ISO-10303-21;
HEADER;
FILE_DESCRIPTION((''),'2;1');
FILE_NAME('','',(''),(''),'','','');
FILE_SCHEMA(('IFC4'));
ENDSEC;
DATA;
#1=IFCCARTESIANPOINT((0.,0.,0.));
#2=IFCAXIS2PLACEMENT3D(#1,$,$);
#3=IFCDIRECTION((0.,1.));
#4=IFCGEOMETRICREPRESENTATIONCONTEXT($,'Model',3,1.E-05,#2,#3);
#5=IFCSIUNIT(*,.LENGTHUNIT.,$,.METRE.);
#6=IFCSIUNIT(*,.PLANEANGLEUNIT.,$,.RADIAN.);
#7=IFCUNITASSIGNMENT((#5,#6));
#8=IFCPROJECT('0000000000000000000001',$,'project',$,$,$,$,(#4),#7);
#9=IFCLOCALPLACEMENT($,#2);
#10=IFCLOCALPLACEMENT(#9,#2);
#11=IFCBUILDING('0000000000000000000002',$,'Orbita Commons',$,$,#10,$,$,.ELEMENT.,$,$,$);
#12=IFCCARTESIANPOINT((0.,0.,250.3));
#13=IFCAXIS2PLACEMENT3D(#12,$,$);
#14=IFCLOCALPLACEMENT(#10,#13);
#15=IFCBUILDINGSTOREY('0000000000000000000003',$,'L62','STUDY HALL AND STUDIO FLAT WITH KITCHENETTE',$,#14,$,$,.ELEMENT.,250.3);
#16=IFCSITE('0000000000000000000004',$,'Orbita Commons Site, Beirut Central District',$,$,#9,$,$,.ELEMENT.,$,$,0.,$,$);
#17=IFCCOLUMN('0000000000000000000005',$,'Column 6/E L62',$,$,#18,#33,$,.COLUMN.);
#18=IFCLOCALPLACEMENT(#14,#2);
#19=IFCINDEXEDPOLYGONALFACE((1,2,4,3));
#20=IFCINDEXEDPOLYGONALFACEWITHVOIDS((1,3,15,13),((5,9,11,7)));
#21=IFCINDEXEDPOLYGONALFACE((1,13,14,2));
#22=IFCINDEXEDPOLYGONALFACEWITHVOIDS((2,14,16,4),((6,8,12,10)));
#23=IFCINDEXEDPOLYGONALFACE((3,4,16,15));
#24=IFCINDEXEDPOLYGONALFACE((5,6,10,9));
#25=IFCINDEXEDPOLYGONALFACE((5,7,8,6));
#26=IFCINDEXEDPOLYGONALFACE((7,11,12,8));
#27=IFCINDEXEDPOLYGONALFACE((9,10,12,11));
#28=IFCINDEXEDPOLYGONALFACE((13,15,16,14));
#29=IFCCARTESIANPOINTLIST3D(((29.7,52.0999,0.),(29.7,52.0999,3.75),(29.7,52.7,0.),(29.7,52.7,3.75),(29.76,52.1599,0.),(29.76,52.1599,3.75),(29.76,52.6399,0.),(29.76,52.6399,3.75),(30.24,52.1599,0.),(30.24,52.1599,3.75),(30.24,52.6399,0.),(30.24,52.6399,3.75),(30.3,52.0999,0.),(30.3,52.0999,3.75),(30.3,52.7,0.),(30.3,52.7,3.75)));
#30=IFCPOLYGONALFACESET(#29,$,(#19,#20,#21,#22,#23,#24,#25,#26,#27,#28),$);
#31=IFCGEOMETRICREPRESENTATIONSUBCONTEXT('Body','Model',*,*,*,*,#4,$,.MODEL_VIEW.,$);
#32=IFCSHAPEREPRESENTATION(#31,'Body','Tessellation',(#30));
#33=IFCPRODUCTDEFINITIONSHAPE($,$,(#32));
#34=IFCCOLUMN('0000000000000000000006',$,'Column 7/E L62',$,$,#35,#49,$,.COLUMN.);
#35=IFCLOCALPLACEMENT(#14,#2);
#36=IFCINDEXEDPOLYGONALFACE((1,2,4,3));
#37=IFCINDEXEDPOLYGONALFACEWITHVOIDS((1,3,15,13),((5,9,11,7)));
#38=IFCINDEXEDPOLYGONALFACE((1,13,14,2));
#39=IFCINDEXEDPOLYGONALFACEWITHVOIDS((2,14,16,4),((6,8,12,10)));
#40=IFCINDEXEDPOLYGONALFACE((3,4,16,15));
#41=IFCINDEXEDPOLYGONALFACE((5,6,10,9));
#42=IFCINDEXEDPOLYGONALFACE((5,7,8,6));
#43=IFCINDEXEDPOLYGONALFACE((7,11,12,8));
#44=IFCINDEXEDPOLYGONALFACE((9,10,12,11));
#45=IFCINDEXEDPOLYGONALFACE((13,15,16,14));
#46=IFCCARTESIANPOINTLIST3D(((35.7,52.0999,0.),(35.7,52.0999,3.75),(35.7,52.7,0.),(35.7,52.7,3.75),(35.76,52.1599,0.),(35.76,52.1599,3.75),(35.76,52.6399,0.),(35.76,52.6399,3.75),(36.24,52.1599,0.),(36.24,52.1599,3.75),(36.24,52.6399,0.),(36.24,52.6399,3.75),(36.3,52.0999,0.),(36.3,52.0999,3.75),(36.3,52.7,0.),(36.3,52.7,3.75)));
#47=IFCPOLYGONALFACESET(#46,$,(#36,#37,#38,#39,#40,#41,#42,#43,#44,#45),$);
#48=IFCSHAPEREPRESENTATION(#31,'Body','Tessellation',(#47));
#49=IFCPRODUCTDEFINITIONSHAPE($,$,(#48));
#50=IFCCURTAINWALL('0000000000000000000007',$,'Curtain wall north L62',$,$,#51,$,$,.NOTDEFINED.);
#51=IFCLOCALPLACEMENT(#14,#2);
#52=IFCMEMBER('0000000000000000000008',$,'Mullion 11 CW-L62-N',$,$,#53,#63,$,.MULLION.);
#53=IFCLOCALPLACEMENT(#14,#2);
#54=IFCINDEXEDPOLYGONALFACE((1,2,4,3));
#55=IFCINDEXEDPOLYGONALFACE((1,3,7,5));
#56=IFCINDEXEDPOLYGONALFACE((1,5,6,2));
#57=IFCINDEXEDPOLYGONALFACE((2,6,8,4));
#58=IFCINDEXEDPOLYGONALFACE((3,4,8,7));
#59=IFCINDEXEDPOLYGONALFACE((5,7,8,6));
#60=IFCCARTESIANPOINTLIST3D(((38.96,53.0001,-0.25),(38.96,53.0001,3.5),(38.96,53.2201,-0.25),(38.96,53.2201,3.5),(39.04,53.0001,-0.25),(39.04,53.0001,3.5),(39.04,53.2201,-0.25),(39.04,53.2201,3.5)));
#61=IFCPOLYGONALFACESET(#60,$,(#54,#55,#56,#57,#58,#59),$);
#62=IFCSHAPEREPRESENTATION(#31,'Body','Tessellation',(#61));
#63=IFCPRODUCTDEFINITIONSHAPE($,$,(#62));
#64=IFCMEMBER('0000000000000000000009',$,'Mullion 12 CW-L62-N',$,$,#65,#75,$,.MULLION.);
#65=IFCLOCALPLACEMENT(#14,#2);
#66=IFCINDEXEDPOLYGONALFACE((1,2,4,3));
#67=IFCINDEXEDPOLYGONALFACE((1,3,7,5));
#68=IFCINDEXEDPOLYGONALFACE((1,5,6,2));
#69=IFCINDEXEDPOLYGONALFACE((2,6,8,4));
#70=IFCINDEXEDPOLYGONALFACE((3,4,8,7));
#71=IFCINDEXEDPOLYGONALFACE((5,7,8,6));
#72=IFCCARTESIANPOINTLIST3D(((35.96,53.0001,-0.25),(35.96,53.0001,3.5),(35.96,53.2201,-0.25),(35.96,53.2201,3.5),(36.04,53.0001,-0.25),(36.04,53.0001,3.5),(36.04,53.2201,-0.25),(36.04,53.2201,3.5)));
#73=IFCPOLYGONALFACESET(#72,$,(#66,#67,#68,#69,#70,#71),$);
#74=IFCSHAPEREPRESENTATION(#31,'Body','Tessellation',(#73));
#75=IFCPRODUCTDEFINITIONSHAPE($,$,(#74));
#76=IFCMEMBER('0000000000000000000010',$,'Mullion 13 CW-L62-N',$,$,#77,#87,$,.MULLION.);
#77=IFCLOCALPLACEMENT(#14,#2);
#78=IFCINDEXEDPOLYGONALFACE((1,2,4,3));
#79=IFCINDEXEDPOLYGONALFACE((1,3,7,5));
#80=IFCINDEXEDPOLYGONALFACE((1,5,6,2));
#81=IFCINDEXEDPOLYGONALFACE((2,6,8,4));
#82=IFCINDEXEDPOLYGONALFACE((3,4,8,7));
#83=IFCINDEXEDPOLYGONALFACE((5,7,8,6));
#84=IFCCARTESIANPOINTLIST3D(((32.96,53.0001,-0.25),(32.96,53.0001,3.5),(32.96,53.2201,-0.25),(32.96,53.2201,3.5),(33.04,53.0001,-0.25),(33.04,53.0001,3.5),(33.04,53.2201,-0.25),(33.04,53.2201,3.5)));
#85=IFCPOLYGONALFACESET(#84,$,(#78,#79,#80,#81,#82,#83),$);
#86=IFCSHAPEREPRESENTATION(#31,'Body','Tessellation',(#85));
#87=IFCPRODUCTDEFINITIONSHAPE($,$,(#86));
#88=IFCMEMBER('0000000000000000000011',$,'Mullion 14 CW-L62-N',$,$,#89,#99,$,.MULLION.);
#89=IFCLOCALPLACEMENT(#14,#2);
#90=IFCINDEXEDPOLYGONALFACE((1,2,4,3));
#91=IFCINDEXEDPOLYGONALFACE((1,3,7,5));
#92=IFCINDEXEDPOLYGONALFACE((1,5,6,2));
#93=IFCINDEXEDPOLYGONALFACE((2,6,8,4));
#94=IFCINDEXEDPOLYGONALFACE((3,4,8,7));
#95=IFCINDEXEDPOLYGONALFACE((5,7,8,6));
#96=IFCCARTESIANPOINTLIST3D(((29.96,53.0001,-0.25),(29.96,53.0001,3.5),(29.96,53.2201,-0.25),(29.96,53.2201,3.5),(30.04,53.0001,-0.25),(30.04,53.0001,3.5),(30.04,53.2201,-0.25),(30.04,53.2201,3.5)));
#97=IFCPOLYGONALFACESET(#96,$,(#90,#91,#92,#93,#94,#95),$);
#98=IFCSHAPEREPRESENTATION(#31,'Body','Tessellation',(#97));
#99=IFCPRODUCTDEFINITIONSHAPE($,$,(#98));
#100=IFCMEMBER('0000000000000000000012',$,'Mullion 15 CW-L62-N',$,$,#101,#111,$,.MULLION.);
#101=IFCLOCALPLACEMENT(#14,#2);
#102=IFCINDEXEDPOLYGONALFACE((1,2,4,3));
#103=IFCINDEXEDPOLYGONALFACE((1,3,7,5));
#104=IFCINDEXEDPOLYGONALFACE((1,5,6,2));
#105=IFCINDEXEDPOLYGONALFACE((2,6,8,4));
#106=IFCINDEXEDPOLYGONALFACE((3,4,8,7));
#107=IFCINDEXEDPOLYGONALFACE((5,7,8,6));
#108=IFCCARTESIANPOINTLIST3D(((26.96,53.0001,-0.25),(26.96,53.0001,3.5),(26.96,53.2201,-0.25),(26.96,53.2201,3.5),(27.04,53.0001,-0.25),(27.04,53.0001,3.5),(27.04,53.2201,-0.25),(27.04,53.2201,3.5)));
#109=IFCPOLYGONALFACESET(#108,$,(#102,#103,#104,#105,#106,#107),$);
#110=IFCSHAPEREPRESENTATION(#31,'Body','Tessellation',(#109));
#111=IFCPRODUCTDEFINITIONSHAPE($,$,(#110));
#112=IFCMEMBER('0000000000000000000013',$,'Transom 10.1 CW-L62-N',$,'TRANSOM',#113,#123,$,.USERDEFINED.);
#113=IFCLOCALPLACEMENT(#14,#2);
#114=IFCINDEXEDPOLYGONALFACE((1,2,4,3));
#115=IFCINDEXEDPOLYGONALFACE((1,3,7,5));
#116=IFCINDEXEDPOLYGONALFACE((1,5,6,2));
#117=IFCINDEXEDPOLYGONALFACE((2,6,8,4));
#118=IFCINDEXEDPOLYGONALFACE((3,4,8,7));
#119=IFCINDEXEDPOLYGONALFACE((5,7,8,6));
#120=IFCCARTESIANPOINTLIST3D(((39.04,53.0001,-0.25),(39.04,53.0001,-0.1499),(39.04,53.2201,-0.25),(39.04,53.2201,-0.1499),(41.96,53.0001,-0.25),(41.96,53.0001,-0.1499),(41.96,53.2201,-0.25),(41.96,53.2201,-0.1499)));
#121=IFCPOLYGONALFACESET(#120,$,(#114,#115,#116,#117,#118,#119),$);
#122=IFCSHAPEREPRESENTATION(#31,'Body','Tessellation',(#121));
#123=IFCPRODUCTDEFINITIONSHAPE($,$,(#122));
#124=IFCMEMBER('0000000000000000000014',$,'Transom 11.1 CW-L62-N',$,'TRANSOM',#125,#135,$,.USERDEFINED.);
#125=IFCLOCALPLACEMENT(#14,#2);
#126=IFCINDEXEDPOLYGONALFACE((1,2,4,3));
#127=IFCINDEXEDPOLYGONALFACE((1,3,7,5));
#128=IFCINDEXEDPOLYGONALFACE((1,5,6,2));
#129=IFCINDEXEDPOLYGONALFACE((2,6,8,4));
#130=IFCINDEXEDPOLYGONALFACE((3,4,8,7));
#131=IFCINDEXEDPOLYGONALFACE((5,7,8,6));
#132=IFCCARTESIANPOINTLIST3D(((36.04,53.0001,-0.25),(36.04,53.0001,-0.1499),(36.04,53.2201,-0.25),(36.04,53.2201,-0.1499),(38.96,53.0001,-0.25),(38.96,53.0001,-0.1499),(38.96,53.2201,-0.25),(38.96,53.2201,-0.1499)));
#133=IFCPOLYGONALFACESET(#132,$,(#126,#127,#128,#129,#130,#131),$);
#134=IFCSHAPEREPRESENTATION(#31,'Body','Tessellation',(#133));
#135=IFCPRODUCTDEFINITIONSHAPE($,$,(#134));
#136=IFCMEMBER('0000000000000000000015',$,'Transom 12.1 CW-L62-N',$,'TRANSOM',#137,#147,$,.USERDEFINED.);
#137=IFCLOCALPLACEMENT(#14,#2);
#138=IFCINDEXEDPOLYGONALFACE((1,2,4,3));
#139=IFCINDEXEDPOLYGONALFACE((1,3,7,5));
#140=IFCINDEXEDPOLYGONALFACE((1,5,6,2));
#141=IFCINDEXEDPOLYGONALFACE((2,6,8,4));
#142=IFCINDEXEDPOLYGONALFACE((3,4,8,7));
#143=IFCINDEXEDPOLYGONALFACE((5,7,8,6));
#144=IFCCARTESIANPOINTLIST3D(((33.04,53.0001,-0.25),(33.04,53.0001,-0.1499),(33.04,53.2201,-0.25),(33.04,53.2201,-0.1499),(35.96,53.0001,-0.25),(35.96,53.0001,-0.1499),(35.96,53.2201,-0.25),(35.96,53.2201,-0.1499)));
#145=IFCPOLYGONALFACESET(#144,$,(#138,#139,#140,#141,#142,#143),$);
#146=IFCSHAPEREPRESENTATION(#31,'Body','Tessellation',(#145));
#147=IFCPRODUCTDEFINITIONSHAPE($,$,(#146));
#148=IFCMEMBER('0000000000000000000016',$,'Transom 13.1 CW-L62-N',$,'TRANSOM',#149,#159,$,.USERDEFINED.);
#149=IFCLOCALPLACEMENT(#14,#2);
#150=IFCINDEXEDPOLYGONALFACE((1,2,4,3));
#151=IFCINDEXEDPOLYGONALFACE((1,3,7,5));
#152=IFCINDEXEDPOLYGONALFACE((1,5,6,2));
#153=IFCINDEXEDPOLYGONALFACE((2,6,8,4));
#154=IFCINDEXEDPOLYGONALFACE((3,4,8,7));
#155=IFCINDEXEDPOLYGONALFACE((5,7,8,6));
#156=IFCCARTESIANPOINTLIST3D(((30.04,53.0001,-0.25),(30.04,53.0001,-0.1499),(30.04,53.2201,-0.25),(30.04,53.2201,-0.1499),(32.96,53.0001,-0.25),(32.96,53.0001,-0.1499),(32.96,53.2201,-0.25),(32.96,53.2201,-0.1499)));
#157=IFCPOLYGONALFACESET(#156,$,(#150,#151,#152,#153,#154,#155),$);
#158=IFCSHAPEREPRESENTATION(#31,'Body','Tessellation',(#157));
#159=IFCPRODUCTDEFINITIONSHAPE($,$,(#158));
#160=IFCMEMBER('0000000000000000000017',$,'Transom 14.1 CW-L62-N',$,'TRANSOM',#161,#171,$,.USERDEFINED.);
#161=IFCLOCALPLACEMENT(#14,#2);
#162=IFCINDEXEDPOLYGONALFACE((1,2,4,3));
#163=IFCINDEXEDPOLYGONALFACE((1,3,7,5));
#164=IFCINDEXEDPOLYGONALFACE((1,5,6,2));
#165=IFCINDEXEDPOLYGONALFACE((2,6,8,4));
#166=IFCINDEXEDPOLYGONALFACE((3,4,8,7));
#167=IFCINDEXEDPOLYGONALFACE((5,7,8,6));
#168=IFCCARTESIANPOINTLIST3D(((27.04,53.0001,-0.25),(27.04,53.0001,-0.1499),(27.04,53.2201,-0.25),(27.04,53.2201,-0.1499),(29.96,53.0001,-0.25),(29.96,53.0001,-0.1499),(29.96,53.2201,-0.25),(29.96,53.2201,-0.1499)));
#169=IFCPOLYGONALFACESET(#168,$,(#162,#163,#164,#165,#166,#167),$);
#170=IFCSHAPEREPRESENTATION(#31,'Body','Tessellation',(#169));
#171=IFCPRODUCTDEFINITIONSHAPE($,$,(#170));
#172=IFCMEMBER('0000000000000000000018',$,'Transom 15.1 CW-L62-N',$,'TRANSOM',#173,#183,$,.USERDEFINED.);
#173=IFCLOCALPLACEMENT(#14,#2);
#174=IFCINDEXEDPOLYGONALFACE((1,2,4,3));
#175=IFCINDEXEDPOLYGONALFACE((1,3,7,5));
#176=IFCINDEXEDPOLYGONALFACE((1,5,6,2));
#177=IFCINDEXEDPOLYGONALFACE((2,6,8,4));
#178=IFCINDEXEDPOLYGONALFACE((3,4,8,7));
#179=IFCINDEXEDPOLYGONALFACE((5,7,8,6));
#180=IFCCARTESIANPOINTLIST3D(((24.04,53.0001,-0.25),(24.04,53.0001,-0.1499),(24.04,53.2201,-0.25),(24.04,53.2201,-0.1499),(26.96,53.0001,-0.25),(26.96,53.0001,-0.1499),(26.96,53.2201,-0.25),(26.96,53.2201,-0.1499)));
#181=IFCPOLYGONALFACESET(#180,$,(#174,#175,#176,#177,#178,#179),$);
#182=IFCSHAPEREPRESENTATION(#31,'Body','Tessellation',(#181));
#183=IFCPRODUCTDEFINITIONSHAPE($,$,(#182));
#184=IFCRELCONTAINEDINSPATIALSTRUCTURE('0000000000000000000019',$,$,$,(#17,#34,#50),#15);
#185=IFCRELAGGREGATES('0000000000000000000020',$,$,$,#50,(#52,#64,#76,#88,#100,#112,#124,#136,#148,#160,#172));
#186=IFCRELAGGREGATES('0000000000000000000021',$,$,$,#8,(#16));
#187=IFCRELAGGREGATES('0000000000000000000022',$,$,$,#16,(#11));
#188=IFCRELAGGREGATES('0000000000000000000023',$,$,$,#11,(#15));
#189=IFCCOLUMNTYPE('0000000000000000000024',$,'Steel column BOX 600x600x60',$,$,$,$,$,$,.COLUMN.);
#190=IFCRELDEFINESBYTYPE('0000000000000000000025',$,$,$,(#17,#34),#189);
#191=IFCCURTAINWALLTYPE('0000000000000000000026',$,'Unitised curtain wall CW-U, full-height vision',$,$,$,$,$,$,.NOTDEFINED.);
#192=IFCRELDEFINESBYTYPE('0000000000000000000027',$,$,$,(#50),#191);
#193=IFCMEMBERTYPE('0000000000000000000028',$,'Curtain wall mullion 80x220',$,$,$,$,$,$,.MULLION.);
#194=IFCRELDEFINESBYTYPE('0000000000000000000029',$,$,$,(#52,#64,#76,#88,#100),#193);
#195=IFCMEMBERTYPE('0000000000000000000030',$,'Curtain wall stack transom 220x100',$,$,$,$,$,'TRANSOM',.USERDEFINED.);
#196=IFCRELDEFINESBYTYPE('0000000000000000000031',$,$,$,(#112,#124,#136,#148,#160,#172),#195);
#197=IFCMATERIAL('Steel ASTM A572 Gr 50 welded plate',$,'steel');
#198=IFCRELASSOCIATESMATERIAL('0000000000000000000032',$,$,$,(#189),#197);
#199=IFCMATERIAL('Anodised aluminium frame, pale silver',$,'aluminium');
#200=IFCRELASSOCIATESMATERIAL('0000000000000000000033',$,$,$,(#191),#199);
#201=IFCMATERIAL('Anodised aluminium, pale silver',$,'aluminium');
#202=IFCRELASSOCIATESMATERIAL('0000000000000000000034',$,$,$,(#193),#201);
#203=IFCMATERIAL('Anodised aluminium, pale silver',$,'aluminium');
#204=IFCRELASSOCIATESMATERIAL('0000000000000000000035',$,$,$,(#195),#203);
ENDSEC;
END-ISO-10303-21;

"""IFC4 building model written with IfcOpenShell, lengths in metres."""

from ifc_helpers import new_model, si_unit, direction, frame, origin, origin_2d, place, context, subcontext, project, spatial, rectangle, hollow_rectangle, extrude, material, material_profile, profile_set, type_object, element, aggregate, save


model = new_model("IFC4")

# Units and contexts
model_context = context("Model", 3, precision=1e-05, world=origin(), true_north=direction((0.0, 1.0)))
body_context = subcontext(model_context, "Body", "Model", "MODEL_VIEW")
ifc_project = project(units=[si_unit("LENGTHUNIT", "METRE"), si_unit("PLANEANGLEUNIT", "RADIAN")], contexts=[model_context])

# Site, building, storey
site_placement = place(None, origin())
site = spatial("IfcSite", under=ifc_project, at=site_placement, Name="Orbita Commons Site, Beirut Central District", CompositionType="ELEMENT", RefElevation=0.0)
building_placement = place(site_placement, origin())
building = spatial("IfcBuilding", under=site, at=building_placement, Name="Orbita Commons", CompositionType="ELEMENT")
storey_placement = place(building_placement, frame((0.0, 0.0, 250.3)))
storey = spatial("IfcBuildingStorey", under=building, at=storey_placement, Name="L62", Description="STUDY HALL AND STUDIO FLAT WITH KITCHENETTE", CompositionType="ELEMENT", Elevation=250.3)

# Columns
ifc_material_1 = material(Name="Steel ASTM A572 Gr 50 welded plate", Category="steel")
ifc_material_profile_1 = material_profile(ifc_material_1, hollow_rectangle(XDim=0.6001, YDim=0.6001, WallThickness=0.0601, at=origin_2d()), Name="BOX 600x600x60")
ifc_profile_set_1 = profile_set([ifc_material_profile_1], Name="Steel ASTM A572 Gr 50 welded plate")
column_type = type_object("IfcColumnType", Name="Steel column BOX 600x600x60", PredefinedType="COLUMN", material=ifc_profile_set_1)
for number, where, z_axis, x_axis, name in (
    (1, (30.0, 52.3999, 0.0), (0.0, 0.0, 1.0), (1.0, 0.0, 0.0), "Column 6/E L62"),
    (2, (36.0, 52.3999, 0.0), (0.0, 0.0, 1.0), (1.0, 0.0, 0.0), "Column 7/E L62"),
):
    element("IfcColumn", number, at=place(storey_placement, frame(where, z_axis=z_axis, x_axis=x_axis)), inside=storey, type_object=column_type, Name=name, PredefinedType="COLUMN", context=body_context, shape_type="SweptSolid", body=[
        extrude(hollow_rectangle(XDim=0.6001, YDim=0.6001, WallThickness=0.0601, at=origin_2d()), origin(), (0.0, 0.0, 1.0), 3.75),
    ])

# Curtain wall, members
ifc_material_2 = material(Name="Anodised aluminium frame, pale silver", Category="aluminium")
curtain_wall_type = type_object("IfcCurtainWallType", Name="Unitised curtain wall CW-U, full-height vision", PredefinedType="NOTDEFINED", material=ifc_material_2)
curtain_wall_placement = place(storey_placement, origin())
curtain_wall = element("IfcCurtainWall", 3, at=curtain_wall_placement, inside=storey, type_object=curtain_wall_type, Name="Curtain wall north L62", PredefinedType="NOTDEFINED")
ifc_material_3 = material(Name="Anodised aluminium, pale silver", Category="aluminium")
ifc_material_profile_2 = material_profile(ifc_material_3, rectangle(XDim=0.0801, YDim=0.22, at=origin_2d()), Name="AL 80x220")
ifc_profile_set_2 = profile_set([ifc_material_profile_2], Name="Anodised aluminium, pale silver")
member_type_1 = type_object("IfcMemberType", Name="Curtain wall mullion 80x220", PredefinedType="MULLION", material=ifc_profile_set_2)
member_1_placement = place(storey_placement, frame((39.0, 53.1101, -0.25), z_axis=(0.0, 0.0, 1.0), x_axis=(-1.0, 0.0, 0.0)))
member_1 = element("IfcMember", 4, at=member_1_placement, type_object=member_type_1, Name="Mullion 11 CW-L62-N", PredefinedType="MULLION", context=body_context, shape_type="SweptSolid", body=[
    extrude(rectangle(XDim=0.0801, YDim=0.22, at=origin_2d()), origin(), (0.0, 0.0, 1.0), 3.75),
])
member_2_placement = place(storey_placement, frame((36.0, 53.1101, -0.25), z_axis=(0.0, 0.0, 1.0), x_axis=(-1.0, 0.0, 0.0)))
member_2 = element("IfcMember", 5, at=member_2_placement, type_object=member_type_1, Name="Mullion 12 CW-L62-N", PredefinedType="MULLION", context=body_context, shape_type="SweptSolid", body=[
    extrude(rectangle(XDim=0.0801, YDim=0.22, at=origin_2d()), origin(), (0.0, 0.0, 1.0), 3.75),
])
member_3_placement = place(storey_placement, frame((33.0, 53.1101, -0.25), z_axis=(0.0, 0.0, 1.0), x_axis=(-1.0, 0.0, 0.0)))
member_3 = element("IfcMember", 6, at=member_3_placement, type_object=member_type_1, Name="Mullion 13 CW-L62-N", PredefinedType="MULLION", context=body_context, shape_type="SweptSolid", body=[
    extrude(rectangle(XDim=0.0801, YDim=0.22, at=origin_2d()), origin(), (0.0, 0.0, 1.0), 3.75),
])
member_4_placement = place(storey_placement, frame((30.0, 53.1101, -0.25), z_axis=(0.0, 0.0, 1.0), x_axis=(-1.0, 0.0, 0.0)))
member_4 = element("IfcMember", 7, at=member_4_placement, type_object=member_type_1, Name="Mullion 14 CW-L62-N", PredefinedType="MULLION", context=body_context, shape_type="SweptSolid", body=[
    extrude(rectangle(XDim=0.0801, YDim=0.22, at=origin_2d()), origin(), (0.0, 0.0, 1.0), 3.75),
])
member_5_placement = place(storey_placement, frame((27.0, 53.1101, -0.25), z_axis=(0.0, 0.0, 1.0), x_axis=(-1.0, 0.0, 0.0)))
member_5 = element("IfcMember", 8, at=member_5_placement, type_object=member_type_1, Name="Mullion 15 CW-L62-N", PredefinedType="MULLION", context=body_context, shape_type="SweptSolid", body=[
    extrude(rectangle(XDim=0.0801, YDim=0.22, at=origin_2d()), origin(), (0.0, 0.0, 1.0), 3.75),
])
ifc_material_4 = material(Name="Anodised aluminium, pale silver", Category="aluminium")
ifc_material_profile_3 = material_profile(ifc_material_4, rectangle(XDim=0.22, YDim=0.1001, at=origin_2d()), Name="AL 220x100")
ifc_profile_set_3 = profile_set([ifc_material_profile_3], Name="Anodised aluminium, pale silver")
member_type_2 = type_object("IfcMemberType", Name="Curtain wall stack transom 220x100", ElementType="TRANSOM", PredefinedType="USERDEFINED", material=ifc_profile_set_3)
member_6_placement = place(storey_placement, frame((41.96, 53.1101, -0.2), z_axis=(-1.0, 0.0, 0.0), x_axis=(0.0, -1.0, 0.0)))
member_6 = element("IfcMember", 9, at=member_6_placement, type_object=member_type_2, Name="Transom 10.1 CW-L62-N", ObjectType="TRANSOM", PredefinedType="USERDEFINED", context=body_context, shape_type="SweptSolid", body=[
    extrude(rectangle(XDim=0.22, YDim=0.1001, at=origin_2d()), origin(), (0.0, 0.0, 1.0), 2.9199),
])
member_7_placement = place(storey_placement, frame((38.96, 53.1101, -0.2), z_axis=(-1.0, 0.0, 0.0), x_axis=(0.0, -1.0, 0.0)))
member_7 = element("IfcMember", 10, at=member_7_placement, type_object=member_type_2, Name="Transom 11.1 CW-L62-N", ObjectType="TRANSOM", PredefinedType="USERDEFINED", context=body_context, shape_type="SweptSolid", body=[
    extrude(rectangle(XDim=0.22, YDim=0.1001, at=origin_2d()), origin(), (0.0, 0.0, 1.0), 2.9199),
])
member_8_placement = place(storey_placement, frame((35.96, 53.1101, -0.2), z_axis=(-1.0, 0.0, 0.0), x_axis=(0.0, -1.0, 0.0)))
member_8 = element("IfcMember", 11, at=member_8_placement, type_object=member_type_2, Name="Transom 12.1 CW-L62-N", ObjectType="TRANSOM", PredefinedType="USERDEFINED", context=body_context, shape_type="SweptSolid", body=[
    extrude(rectangle(XDim=0.22, YDim=0.1001, at=origin_2d()), origin(), (0.0, 0.0, 1.0), 2.9199),
])
member_9_placement = place(storey_placement, frame((32.96, 53.1101, -0.2), z_axis=(-1.0, 0.0, 0.0), x_axis=(0.0, -1.0, 0.0)))
member_9 = element("IfcMember", 12, at=member_9_placement, type_object=member_type_2, Name="Transom 13.1 CW-L62-N", ObjectType="TRANSOM", PredefinedType="USERDEFINED", context=body_context, shape_type="SweptSolid", body=[
    extrude(rectangle(XDim=0.22, YDim=0.1001, at=origin_2d()), origin(), (0.0, 0.0, 1.0), 2.9199),
])
member_10_placement = place(storey_placement, frame((29.96, 53.1101, -0.2), z_axis=(-1.0, 0.0, 0.0), x_axis=(0.0, -1.0, 0.0)))
member_10 = element("IfcMember", 13, at=member_10_placement, type_object=member_type_2, Name="Transom 14.1 CW-L62-N", ObjectType="TRANSOM", PredefinedType="USERDEFINED", context=body_context, shape_type="SweptSolid", body=[
    extrude(rectangle(XDim=0.22, YDim=0.1001, at=origin_2d()), origin(), (0.0, 0.0, 1.0), 2.9199),
])
member_11_placement = place(storey_placement, frame((26.96, 53.1101, -0.2), z_axis=(-1.0, 0.0, 0.0), x_axis=(0.0, -1.0, 0.0)))
member_11 = element("IfcMember", 14, at=member_11_placement, type_object=member_type_2, Name="Transom 15.1 CW-L62-N", ObjectType="TRANSOM", PredefinedType="USERDEFINED", context=body_context, shape_type="SweptSolid", body=[
    extrude(rectangle(XDim=0.22, YDim=0.1001, at=origin_2d()), origin(), (0.0, 0.0, 1.0), 2.9199),
])

aggregate(curtain_wall, [member_1, member_2, member_3, member_4, member_5, member_6, member_7, member_8, member_9, member_10, member_11])

save(model, "model.ifc")
